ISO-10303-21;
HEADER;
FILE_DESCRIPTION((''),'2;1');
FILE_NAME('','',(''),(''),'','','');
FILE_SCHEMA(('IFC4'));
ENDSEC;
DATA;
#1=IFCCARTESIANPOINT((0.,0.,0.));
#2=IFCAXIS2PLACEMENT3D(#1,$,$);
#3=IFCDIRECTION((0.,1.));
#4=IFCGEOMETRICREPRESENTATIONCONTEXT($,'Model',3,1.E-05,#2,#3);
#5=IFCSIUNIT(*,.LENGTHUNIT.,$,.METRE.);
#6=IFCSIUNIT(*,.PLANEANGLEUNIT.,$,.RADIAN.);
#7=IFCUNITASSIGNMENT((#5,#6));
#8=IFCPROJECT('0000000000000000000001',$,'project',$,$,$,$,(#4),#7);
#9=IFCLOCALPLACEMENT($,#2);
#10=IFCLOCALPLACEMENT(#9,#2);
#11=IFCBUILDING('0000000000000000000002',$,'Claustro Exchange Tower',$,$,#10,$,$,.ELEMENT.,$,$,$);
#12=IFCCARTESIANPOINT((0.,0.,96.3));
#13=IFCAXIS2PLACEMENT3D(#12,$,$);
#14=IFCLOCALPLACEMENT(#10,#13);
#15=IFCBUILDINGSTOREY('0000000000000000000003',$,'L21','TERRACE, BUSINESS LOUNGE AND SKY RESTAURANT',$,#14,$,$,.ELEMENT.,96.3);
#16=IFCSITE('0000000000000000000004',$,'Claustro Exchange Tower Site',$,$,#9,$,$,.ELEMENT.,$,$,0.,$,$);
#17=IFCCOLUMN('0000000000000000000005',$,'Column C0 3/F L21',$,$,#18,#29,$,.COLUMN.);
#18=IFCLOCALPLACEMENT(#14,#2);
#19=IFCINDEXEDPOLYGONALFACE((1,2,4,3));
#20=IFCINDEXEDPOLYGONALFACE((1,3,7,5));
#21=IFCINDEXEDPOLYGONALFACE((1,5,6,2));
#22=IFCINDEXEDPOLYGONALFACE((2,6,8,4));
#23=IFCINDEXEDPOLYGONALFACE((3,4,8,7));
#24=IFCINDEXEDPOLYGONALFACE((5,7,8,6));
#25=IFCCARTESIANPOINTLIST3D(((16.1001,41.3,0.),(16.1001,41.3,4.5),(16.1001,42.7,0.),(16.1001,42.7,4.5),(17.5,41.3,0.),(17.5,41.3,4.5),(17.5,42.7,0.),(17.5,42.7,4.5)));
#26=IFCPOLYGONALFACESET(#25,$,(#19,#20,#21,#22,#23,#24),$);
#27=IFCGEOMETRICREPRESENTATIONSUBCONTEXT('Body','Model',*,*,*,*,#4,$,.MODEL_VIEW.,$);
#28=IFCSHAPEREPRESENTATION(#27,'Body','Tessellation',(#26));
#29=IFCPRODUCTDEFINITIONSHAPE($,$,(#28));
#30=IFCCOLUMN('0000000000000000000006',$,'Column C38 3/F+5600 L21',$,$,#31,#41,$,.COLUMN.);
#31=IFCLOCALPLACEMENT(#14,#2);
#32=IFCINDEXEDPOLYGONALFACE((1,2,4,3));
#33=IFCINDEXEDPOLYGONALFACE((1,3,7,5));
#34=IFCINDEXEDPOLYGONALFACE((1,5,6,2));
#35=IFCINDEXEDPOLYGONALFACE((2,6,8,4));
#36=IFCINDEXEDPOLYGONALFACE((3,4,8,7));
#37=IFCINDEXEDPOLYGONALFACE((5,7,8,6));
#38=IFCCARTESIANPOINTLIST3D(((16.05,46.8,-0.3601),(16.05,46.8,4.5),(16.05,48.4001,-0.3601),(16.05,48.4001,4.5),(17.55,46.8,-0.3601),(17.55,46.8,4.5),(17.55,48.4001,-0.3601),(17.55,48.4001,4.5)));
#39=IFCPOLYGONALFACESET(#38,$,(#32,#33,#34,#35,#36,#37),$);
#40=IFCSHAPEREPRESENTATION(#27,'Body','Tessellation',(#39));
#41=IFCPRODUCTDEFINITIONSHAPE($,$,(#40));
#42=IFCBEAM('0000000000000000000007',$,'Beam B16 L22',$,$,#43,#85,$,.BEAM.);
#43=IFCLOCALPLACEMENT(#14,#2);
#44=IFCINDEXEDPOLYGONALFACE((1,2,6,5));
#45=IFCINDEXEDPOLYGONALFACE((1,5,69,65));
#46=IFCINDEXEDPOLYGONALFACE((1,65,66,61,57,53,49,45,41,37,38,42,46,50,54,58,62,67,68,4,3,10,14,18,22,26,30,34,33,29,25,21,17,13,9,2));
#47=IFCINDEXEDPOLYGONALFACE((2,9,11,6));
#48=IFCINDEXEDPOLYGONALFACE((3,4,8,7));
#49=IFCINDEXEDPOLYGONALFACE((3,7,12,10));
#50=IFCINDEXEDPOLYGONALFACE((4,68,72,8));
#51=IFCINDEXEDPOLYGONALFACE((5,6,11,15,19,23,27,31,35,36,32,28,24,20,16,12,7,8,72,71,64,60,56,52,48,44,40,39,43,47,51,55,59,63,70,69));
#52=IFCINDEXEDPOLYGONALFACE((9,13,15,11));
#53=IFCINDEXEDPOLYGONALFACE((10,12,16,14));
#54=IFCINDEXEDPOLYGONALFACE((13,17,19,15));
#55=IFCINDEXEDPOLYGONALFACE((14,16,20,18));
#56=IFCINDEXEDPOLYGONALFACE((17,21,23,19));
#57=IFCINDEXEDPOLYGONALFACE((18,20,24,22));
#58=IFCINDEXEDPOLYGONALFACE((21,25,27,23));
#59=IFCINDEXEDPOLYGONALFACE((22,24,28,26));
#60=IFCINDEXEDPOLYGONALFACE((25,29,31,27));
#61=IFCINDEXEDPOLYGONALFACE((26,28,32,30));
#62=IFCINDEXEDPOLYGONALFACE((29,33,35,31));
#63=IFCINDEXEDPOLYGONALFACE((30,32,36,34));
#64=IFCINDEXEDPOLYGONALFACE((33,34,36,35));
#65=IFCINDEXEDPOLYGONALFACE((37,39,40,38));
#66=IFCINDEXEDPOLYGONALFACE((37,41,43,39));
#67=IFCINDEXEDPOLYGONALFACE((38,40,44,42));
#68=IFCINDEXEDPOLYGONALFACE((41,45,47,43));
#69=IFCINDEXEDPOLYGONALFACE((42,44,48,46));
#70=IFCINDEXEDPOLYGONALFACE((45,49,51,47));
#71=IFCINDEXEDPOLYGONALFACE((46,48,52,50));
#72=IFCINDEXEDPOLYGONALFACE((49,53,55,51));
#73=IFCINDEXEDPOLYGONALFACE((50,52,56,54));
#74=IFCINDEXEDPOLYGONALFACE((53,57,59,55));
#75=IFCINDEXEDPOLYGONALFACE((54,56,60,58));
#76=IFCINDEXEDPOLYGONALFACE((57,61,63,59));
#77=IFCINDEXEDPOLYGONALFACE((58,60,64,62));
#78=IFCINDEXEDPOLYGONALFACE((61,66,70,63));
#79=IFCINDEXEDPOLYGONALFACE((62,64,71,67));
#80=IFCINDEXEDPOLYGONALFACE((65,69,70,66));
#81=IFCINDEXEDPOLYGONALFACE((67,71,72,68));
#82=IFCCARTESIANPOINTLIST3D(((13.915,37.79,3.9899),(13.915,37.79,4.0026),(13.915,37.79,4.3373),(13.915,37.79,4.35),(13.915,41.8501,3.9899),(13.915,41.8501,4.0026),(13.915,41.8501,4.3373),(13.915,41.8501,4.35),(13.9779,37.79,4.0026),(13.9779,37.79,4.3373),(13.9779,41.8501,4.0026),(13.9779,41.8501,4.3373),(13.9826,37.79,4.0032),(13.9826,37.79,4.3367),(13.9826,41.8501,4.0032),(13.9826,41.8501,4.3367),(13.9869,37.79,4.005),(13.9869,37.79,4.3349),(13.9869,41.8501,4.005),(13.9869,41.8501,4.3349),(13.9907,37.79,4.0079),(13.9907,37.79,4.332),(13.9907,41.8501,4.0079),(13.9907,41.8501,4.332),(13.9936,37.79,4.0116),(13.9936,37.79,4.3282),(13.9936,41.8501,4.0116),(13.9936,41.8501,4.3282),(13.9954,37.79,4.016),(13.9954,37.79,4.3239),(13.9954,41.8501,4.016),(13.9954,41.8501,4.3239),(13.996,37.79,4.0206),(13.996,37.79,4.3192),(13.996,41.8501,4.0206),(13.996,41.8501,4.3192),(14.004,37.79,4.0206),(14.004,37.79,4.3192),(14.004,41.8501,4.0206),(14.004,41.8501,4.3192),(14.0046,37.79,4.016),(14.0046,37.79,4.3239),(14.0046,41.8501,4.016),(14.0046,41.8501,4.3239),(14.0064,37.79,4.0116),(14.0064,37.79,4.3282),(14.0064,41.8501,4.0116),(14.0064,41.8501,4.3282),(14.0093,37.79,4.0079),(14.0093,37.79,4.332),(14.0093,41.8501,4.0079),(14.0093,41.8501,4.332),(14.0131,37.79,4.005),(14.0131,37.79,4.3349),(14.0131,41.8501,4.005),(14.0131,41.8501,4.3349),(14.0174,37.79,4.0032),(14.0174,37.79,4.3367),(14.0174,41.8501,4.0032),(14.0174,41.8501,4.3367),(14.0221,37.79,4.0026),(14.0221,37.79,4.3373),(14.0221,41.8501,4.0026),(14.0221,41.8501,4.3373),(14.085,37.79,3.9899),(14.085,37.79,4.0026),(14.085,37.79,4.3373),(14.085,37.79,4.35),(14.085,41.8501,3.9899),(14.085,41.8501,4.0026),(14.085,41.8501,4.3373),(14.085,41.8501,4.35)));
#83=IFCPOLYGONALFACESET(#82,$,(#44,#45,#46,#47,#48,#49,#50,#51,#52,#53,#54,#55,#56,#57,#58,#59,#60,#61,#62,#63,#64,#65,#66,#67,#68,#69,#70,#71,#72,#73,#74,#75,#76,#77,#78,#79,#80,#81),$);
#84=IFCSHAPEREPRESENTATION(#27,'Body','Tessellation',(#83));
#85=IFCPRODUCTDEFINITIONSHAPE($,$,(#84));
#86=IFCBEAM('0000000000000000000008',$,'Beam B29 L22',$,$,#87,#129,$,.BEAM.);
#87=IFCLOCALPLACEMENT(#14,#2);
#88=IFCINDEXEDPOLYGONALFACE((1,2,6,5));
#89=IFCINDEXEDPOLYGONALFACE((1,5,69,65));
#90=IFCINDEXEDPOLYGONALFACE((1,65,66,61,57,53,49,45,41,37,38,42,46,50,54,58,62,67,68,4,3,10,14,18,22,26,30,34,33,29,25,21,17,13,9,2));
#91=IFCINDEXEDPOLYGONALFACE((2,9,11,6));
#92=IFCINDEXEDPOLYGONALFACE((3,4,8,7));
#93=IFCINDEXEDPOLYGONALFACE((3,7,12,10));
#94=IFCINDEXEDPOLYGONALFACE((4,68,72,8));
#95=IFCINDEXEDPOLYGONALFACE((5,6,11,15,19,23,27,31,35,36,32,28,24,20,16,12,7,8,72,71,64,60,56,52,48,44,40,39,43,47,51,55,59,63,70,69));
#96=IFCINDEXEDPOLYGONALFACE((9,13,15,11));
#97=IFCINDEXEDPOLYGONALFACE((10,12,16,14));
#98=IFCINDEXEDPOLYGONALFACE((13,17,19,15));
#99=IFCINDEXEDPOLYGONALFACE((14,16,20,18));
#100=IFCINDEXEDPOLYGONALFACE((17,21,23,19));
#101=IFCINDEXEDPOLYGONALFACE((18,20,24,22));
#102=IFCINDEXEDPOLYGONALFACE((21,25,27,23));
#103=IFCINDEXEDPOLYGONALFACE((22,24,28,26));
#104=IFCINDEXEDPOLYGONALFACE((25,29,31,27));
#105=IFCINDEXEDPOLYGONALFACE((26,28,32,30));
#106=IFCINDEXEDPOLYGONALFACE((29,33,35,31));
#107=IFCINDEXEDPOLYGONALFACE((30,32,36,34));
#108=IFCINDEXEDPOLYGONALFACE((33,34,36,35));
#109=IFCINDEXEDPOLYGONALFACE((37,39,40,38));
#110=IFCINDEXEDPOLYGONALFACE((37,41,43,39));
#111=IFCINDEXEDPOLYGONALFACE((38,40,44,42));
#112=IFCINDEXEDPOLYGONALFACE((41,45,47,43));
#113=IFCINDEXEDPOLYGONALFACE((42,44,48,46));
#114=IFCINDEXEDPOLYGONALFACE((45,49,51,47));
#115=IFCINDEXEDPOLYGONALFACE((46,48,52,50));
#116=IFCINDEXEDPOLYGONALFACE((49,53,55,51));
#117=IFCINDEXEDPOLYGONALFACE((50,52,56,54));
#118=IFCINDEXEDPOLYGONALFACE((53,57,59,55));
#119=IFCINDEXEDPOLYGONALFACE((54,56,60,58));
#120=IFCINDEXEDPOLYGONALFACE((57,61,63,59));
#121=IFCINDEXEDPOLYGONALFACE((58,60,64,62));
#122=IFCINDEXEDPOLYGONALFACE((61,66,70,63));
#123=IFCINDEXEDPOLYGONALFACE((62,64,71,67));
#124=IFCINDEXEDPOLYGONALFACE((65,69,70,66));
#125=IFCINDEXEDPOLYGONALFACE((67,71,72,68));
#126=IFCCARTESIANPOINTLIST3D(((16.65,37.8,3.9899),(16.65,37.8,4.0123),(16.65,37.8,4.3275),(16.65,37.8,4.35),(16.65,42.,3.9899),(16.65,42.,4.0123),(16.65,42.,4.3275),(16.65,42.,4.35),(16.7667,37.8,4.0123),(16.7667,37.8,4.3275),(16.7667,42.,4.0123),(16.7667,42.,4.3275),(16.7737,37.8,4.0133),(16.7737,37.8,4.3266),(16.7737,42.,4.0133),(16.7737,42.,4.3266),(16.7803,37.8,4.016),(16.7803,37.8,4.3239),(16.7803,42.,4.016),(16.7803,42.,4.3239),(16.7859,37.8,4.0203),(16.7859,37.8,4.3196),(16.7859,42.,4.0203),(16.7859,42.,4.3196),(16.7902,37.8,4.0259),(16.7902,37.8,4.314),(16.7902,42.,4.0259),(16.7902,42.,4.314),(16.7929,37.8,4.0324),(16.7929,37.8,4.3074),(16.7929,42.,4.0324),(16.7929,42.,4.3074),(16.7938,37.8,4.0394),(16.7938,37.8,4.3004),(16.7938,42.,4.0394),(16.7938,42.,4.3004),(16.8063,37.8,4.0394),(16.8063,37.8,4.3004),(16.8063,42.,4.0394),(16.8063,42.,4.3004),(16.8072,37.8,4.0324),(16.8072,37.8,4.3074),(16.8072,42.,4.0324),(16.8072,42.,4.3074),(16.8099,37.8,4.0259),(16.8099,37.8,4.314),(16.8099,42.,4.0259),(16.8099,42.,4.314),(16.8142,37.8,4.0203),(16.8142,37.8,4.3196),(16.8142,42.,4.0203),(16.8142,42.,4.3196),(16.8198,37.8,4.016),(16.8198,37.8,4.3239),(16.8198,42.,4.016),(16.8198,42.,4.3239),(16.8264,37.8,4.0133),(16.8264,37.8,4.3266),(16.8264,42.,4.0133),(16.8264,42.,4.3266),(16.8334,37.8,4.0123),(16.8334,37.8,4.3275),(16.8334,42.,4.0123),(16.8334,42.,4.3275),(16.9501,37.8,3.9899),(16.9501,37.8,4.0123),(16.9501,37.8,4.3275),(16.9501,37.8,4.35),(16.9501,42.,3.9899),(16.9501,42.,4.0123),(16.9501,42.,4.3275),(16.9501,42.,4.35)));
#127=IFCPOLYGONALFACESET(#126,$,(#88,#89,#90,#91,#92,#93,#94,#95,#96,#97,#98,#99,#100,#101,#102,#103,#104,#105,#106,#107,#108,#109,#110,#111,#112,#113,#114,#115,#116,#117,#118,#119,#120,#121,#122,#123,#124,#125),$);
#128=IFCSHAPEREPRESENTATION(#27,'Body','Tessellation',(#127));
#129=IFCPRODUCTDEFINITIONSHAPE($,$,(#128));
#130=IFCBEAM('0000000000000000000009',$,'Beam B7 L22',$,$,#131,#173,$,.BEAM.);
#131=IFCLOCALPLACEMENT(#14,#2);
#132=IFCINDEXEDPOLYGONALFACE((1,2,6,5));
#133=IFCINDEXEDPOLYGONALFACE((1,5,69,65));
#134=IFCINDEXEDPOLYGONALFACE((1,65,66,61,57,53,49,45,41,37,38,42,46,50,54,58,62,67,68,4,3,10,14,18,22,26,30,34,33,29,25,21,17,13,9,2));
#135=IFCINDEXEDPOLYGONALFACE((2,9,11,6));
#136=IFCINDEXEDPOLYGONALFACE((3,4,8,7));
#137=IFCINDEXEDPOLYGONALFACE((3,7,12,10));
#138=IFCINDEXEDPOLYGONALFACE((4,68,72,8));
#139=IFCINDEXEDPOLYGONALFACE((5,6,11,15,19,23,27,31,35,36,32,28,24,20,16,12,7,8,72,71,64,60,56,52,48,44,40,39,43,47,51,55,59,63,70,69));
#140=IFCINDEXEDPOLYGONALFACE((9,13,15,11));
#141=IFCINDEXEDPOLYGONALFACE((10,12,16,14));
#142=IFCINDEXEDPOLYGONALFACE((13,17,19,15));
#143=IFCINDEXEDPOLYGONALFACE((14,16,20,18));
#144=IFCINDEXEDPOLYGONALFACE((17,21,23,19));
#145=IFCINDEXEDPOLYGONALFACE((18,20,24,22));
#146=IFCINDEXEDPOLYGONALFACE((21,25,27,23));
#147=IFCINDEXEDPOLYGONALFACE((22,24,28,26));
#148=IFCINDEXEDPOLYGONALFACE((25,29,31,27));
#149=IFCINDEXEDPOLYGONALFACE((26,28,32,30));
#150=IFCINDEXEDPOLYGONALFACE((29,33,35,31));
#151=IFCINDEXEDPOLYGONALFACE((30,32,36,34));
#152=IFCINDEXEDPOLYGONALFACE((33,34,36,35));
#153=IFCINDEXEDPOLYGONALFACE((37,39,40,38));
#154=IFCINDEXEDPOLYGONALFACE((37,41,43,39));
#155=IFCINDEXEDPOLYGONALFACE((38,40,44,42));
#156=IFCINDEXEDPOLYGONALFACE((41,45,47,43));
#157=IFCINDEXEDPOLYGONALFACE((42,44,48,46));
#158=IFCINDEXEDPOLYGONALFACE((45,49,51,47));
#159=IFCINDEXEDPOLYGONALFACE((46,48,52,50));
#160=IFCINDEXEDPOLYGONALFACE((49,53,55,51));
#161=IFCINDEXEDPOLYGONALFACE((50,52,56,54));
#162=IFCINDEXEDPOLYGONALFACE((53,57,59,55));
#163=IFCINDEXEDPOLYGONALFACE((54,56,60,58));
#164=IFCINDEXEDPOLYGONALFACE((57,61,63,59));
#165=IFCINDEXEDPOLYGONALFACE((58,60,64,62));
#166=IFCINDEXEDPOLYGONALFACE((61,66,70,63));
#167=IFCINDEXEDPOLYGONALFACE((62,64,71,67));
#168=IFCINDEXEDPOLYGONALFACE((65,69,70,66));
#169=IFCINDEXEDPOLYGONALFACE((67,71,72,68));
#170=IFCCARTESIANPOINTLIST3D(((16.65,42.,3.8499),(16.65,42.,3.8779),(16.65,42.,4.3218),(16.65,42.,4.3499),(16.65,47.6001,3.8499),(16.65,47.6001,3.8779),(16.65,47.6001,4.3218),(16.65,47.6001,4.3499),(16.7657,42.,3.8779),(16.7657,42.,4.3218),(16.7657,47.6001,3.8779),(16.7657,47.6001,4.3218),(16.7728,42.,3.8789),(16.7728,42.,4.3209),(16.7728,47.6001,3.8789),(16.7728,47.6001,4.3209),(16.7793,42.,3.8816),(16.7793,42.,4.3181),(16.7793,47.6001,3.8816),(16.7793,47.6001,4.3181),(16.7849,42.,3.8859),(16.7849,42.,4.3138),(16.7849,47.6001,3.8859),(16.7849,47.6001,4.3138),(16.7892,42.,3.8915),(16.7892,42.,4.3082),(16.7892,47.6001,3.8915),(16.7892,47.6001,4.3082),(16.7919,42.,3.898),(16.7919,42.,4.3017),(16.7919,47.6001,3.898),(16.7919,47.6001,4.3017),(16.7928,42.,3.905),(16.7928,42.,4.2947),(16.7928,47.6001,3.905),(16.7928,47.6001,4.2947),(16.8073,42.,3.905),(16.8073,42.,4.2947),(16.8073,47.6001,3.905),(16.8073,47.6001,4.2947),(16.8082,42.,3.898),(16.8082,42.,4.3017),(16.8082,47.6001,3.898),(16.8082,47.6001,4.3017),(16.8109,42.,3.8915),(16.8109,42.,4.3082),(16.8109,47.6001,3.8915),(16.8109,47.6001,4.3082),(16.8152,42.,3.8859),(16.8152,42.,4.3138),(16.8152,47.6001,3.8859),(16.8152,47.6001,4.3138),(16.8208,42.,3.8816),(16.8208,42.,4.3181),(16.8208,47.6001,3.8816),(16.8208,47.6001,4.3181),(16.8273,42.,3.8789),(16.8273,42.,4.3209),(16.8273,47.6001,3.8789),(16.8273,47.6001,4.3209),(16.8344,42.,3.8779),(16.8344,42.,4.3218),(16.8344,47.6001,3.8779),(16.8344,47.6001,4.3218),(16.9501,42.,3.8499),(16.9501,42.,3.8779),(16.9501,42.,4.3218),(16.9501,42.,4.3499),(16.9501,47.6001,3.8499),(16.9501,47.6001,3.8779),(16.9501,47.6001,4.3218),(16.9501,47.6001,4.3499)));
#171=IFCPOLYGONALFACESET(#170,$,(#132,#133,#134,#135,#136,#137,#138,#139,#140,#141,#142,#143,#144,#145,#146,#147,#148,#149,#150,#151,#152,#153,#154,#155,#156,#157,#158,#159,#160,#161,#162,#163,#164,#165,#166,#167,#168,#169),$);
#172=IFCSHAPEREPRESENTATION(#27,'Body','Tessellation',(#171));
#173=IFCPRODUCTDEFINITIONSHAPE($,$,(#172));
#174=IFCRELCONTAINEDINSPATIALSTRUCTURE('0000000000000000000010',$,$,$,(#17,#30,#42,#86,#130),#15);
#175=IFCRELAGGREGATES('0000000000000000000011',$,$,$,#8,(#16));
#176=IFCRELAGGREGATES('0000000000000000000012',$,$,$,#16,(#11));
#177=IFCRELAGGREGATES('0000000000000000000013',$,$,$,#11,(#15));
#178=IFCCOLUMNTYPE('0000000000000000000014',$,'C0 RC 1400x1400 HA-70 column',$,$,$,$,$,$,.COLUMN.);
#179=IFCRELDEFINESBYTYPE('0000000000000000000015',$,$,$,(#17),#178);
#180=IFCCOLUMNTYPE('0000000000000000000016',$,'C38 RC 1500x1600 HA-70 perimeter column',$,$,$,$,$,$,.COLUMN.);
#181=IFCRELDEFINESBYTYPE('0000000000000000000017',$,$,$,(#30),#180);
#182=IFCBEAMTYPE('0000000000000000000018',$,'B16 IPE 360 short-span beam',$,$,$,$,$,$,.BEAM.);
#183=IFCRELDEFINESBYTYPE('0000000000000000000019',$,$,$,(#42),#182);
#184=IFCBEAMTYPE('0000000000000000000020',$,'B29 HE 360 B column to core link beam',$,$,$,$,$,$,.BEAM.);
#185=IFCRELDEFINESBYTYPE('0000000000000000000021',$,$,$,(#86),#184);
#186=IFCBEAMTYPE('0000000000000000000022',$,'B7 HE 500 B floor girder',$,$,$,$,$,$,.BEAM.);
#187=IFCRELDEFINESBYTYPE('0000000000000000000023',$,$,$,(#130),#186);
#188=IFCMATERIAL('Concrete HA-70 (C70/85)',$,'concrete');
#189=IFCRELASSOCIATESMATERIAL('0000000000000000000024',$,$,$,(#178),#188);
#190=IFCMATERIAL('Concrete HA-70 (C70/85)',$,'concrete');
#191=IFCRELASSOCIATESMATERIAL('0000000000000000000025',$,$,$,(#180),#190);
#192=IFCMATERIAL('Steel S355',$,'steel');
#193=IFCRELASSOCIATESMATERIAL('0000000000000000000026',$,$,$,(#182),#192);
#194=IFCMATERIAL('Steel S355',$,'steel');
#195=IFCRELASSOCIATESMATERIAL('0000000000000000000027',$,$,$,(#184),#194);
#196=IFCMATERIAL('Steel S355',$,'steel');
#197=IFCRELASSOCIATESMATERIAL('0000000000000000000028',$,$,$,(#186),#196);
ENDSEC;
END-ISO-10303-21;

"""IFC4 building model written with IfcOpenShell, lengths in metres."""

from ifc_helpers import new_model, si_unit, direction, frame, origin, origin_2d, place, context, subcontext, project, spatial, rectangle, i_section, extrude, material, material_profile, profile_set, type_object, element, save


model = new_model("IFC4")

# Units and contexts
model_context = context("Model", 3, precision=1e-05, world=origin(), true_north=direction((0.0, 1.0)))
body_context = subcontext(model_context, "Body", "Model", "MODEL_VIEW")
ifc_project = project(units=[si_unit("LENGTHUNIT", "METRE"), si_unit("PLANEANGLEUNIT", "RADIAN")], contexts=[model_context])

# Site, building, storey
site_placement = place(None, origin())
site = spatial("IfcSite", under=ifc_project, at=site_placement, Name="Claustro Exchange Tower Site", CompositionType="ELEMENT", RefElevation=0.0)
building_placement = place(site_placement, origin())
building = spatial("IfcBuilding", under=site, at=building_placement, Name="Claustro Exchange Tower", CompositionType="ELEMENT")
storey_placement = place(building_placement, frame((0.0, 0.0, 96.3)))
storey = spatial("IfcBuildingStorey", under=building, at=storey_placement, Name="L21", Description="TERRACE, BUSINESS LOUNGE AND SKY RESTAURANT", CompositionType="ELEMENT", Elevation=96.3)

# Columns
ifc_material_1 = material(Name="Concrete HA-70 (C70/85)", Category="concrete")
ifc_material_profile_1 = material_profile(ifc_material_1, rectangle(XDim=1.3999, YDim=1.3999, at=origin_2d()), Name="RC 1400x1400")
ifc_profile_set_1 = profile_set([ifc_material_profile_1], Name="Concrete HA-70 (C70/85)")
column_type_1 = type_object("IfcColumnType", Name="C0 RC 1400x1400 HA-70 column", PredefinedType="COLUMN", material=ifc_profile_set_1)
column_1_placement = place(storey_placement, frame((16.8, 42.0, 0.0), z_axis=(0.0, 0.0, 1.0), x_axis=(1.0, 0.0, 0.0)))
element("IfcColumn", 1, at=column_1_placement, inside=storey, type_object=column_type_1, Name="Column C0 3/F L21", PredefinedType="COLUMN", context=body_context, shape_type="SweptSolid", body=[
    extrude(rectangle(XDim=1.3999, YDim=1.3999, at=origin_2d()), origin(), (0.0, 0.0, 1.0), 4.5),
])
ifc_material_2 = material(Name="Concrete HA-70 (C70/85)", Category="concrete")
ifc_material_profile_2 = material_profile(ifc_material_2, rectangle(XDim=1.5, YDim=1.6001, at=origin_2d()), Name="RC 1500x1600")
ifc_profile_set_2 = profile_set([ifc_material_profile_2], Name="Concrete HA-70 (C70/85)")
column_type_2 = type_object("IfcColumnType", Name="C38 RC 1500x1600 HA-70 perimeter column", PredefinedType="COLUMN", material=ifc_profile_set_2)
column_2_placement = place(storey_placement, frame((16.8, 47.6001, -0.3601), z_axis=(0.0, 0.0, 1.0), x_axis=(1.0, 0.0, 0.0)))
element("IfcColumn", 2, at=column_2_placement, inside=storey, type_object=column_type_2, Name="Column C38 3/F+5600 L21", PredefinedType="COLUMN", context=body_context, shape_type="SweptSolid", body=[
    extrude(rectangle(XDim=1.5, YDim=1.6001, at=origin_2d()), origin(), (0.0, 0.0, 1.0), 4.8601),
])

# Beams
ifc_material_3 = material(Name="Steel S355", Category="steel")
ifc_material_profile_3 = material_profile(ifc_material_3, i_section(OverallWidth=0.1699, OverallDepth=0.3601, WebThickness=0.0081, FlangeThickness=0.0127, FilletRadius=0.0181, at=origin_2d()), Name="IPE 360")
ifc_profile_set_3 = profile_set([ifc_material_profile_3], Name="Steel S355")
beam_type_1 = type_object("IfcBeamType", Name="B16 IPE 360 short-span beam", PredefinedType="BEAM", material=ifc_profile_set_3)
beam_1_placement = place(storey_placement, frame((14.0, 37.79, 4.1699), z_axis=(0.0, 1.0, 0.0), x_axis=(-1.0, 0.0, 0.0)))
element("IfcBeam", 3, at=beam_1_placement, inside=storey, type_object=beam_type_1, Name="Beam B16 L22", PredefinedType="BEAM", context=body_context, shape_type="SweptSolid", body=[
    extrude(i_section(OverallWidth=0.1699, OverallDepth=0.3601, WebThickness=0.0081, FlangeThickness=0.0127, FilletRadius=0.0181, at=origin_2d()), origin(), (0.0, 0.0, 1.0), 4.0601),
])
ifc_material_4 = material(Name="Steel S355", Category="steel")
ifc_material_profile_4 = material_profile(ifc_material_4, i_section(OverallWidth=0.3, OverallDepth=0.3601, WebThickness=0.0125, FlangeThickness=0.0225, FilletRadius=0.0271, at=origin_2d()), Name="HE 360 B")
ifc_profile_set_4 = profile_set([ifc_material_profile_4], Name="Steel S355")
beam_type_2 = type_object("IfcBeamType", Name="B29 HE 360 B column to core link beam", PredefinedType="BEAM", material=ifc_profile_set_4)
beam_2_placement = place(storey_placement, frame((16.8, 37.8, 4.1699), z_axis=(0.0, 1.0, 0.0), x_axis=(-1.0, 0.0, 0.0)))
element("IfcBeam", 4, at=beam_2_placement, inside=storey, type_object=beam_type_2, Name="Beam B29 L22", PredefinedType="BEAM", context=body_context, shape_type="SweptSolid", body=[
    extrude(i_section(OverallWidth=0.3, OverallDepth=0.3601, WebThickness=0.0125, FlangeThickness=0.0225, FilletRadius=0.0271, at=origin_2d()), origin(), (0.0, 0.0, 1.0), 4.2),
])
ifc_material_5 = material(Name="Steel S355", Category="steel")
ifc_material_profile_5 = material_profile(ifc_material_5, i_section(OverallWidth=0.3, OverallDepth=0.5, WebThickness=0.0144, FlangeThickness=0.0281, FilletRadius=0.0271, at=origin_2d()), Name="HE 500 B")
ifc_profile_set_5 = profile_set([ifc_material_profile_5], Name="Steel S355")
beam_type_3 = type_object("IfcBeamType", Name="B7 HE 500 B floor girder", PredefinedType="BEAM", material=ifc_profile_set_5)
beam_3_placement = place(storey_placement, frame((16.8, 42.0, 4.0999), z_axis=(0.0, 1.0, 0.0), x_axis=(-1.0, 0.0, 0.0)))
element("IfcBeam", 5, at=beam_3_placement, inside=storey, type_object=beam_type_3, Name="Beam B7 L22", PredefinedType="BEAM", context=body_context, shape_type="SweptSolid", body=[
    extrude(i_section(OverallWidth=0.3, OverallDepth=0.5, WebThickness=0.0144, FlangeThickness=0.0281, FilletRadius=0.0271, at=origin_2d()), origin(), (0.0, 0.0, 1.0), 5.6001),
])

save(model, "model.ifc")
